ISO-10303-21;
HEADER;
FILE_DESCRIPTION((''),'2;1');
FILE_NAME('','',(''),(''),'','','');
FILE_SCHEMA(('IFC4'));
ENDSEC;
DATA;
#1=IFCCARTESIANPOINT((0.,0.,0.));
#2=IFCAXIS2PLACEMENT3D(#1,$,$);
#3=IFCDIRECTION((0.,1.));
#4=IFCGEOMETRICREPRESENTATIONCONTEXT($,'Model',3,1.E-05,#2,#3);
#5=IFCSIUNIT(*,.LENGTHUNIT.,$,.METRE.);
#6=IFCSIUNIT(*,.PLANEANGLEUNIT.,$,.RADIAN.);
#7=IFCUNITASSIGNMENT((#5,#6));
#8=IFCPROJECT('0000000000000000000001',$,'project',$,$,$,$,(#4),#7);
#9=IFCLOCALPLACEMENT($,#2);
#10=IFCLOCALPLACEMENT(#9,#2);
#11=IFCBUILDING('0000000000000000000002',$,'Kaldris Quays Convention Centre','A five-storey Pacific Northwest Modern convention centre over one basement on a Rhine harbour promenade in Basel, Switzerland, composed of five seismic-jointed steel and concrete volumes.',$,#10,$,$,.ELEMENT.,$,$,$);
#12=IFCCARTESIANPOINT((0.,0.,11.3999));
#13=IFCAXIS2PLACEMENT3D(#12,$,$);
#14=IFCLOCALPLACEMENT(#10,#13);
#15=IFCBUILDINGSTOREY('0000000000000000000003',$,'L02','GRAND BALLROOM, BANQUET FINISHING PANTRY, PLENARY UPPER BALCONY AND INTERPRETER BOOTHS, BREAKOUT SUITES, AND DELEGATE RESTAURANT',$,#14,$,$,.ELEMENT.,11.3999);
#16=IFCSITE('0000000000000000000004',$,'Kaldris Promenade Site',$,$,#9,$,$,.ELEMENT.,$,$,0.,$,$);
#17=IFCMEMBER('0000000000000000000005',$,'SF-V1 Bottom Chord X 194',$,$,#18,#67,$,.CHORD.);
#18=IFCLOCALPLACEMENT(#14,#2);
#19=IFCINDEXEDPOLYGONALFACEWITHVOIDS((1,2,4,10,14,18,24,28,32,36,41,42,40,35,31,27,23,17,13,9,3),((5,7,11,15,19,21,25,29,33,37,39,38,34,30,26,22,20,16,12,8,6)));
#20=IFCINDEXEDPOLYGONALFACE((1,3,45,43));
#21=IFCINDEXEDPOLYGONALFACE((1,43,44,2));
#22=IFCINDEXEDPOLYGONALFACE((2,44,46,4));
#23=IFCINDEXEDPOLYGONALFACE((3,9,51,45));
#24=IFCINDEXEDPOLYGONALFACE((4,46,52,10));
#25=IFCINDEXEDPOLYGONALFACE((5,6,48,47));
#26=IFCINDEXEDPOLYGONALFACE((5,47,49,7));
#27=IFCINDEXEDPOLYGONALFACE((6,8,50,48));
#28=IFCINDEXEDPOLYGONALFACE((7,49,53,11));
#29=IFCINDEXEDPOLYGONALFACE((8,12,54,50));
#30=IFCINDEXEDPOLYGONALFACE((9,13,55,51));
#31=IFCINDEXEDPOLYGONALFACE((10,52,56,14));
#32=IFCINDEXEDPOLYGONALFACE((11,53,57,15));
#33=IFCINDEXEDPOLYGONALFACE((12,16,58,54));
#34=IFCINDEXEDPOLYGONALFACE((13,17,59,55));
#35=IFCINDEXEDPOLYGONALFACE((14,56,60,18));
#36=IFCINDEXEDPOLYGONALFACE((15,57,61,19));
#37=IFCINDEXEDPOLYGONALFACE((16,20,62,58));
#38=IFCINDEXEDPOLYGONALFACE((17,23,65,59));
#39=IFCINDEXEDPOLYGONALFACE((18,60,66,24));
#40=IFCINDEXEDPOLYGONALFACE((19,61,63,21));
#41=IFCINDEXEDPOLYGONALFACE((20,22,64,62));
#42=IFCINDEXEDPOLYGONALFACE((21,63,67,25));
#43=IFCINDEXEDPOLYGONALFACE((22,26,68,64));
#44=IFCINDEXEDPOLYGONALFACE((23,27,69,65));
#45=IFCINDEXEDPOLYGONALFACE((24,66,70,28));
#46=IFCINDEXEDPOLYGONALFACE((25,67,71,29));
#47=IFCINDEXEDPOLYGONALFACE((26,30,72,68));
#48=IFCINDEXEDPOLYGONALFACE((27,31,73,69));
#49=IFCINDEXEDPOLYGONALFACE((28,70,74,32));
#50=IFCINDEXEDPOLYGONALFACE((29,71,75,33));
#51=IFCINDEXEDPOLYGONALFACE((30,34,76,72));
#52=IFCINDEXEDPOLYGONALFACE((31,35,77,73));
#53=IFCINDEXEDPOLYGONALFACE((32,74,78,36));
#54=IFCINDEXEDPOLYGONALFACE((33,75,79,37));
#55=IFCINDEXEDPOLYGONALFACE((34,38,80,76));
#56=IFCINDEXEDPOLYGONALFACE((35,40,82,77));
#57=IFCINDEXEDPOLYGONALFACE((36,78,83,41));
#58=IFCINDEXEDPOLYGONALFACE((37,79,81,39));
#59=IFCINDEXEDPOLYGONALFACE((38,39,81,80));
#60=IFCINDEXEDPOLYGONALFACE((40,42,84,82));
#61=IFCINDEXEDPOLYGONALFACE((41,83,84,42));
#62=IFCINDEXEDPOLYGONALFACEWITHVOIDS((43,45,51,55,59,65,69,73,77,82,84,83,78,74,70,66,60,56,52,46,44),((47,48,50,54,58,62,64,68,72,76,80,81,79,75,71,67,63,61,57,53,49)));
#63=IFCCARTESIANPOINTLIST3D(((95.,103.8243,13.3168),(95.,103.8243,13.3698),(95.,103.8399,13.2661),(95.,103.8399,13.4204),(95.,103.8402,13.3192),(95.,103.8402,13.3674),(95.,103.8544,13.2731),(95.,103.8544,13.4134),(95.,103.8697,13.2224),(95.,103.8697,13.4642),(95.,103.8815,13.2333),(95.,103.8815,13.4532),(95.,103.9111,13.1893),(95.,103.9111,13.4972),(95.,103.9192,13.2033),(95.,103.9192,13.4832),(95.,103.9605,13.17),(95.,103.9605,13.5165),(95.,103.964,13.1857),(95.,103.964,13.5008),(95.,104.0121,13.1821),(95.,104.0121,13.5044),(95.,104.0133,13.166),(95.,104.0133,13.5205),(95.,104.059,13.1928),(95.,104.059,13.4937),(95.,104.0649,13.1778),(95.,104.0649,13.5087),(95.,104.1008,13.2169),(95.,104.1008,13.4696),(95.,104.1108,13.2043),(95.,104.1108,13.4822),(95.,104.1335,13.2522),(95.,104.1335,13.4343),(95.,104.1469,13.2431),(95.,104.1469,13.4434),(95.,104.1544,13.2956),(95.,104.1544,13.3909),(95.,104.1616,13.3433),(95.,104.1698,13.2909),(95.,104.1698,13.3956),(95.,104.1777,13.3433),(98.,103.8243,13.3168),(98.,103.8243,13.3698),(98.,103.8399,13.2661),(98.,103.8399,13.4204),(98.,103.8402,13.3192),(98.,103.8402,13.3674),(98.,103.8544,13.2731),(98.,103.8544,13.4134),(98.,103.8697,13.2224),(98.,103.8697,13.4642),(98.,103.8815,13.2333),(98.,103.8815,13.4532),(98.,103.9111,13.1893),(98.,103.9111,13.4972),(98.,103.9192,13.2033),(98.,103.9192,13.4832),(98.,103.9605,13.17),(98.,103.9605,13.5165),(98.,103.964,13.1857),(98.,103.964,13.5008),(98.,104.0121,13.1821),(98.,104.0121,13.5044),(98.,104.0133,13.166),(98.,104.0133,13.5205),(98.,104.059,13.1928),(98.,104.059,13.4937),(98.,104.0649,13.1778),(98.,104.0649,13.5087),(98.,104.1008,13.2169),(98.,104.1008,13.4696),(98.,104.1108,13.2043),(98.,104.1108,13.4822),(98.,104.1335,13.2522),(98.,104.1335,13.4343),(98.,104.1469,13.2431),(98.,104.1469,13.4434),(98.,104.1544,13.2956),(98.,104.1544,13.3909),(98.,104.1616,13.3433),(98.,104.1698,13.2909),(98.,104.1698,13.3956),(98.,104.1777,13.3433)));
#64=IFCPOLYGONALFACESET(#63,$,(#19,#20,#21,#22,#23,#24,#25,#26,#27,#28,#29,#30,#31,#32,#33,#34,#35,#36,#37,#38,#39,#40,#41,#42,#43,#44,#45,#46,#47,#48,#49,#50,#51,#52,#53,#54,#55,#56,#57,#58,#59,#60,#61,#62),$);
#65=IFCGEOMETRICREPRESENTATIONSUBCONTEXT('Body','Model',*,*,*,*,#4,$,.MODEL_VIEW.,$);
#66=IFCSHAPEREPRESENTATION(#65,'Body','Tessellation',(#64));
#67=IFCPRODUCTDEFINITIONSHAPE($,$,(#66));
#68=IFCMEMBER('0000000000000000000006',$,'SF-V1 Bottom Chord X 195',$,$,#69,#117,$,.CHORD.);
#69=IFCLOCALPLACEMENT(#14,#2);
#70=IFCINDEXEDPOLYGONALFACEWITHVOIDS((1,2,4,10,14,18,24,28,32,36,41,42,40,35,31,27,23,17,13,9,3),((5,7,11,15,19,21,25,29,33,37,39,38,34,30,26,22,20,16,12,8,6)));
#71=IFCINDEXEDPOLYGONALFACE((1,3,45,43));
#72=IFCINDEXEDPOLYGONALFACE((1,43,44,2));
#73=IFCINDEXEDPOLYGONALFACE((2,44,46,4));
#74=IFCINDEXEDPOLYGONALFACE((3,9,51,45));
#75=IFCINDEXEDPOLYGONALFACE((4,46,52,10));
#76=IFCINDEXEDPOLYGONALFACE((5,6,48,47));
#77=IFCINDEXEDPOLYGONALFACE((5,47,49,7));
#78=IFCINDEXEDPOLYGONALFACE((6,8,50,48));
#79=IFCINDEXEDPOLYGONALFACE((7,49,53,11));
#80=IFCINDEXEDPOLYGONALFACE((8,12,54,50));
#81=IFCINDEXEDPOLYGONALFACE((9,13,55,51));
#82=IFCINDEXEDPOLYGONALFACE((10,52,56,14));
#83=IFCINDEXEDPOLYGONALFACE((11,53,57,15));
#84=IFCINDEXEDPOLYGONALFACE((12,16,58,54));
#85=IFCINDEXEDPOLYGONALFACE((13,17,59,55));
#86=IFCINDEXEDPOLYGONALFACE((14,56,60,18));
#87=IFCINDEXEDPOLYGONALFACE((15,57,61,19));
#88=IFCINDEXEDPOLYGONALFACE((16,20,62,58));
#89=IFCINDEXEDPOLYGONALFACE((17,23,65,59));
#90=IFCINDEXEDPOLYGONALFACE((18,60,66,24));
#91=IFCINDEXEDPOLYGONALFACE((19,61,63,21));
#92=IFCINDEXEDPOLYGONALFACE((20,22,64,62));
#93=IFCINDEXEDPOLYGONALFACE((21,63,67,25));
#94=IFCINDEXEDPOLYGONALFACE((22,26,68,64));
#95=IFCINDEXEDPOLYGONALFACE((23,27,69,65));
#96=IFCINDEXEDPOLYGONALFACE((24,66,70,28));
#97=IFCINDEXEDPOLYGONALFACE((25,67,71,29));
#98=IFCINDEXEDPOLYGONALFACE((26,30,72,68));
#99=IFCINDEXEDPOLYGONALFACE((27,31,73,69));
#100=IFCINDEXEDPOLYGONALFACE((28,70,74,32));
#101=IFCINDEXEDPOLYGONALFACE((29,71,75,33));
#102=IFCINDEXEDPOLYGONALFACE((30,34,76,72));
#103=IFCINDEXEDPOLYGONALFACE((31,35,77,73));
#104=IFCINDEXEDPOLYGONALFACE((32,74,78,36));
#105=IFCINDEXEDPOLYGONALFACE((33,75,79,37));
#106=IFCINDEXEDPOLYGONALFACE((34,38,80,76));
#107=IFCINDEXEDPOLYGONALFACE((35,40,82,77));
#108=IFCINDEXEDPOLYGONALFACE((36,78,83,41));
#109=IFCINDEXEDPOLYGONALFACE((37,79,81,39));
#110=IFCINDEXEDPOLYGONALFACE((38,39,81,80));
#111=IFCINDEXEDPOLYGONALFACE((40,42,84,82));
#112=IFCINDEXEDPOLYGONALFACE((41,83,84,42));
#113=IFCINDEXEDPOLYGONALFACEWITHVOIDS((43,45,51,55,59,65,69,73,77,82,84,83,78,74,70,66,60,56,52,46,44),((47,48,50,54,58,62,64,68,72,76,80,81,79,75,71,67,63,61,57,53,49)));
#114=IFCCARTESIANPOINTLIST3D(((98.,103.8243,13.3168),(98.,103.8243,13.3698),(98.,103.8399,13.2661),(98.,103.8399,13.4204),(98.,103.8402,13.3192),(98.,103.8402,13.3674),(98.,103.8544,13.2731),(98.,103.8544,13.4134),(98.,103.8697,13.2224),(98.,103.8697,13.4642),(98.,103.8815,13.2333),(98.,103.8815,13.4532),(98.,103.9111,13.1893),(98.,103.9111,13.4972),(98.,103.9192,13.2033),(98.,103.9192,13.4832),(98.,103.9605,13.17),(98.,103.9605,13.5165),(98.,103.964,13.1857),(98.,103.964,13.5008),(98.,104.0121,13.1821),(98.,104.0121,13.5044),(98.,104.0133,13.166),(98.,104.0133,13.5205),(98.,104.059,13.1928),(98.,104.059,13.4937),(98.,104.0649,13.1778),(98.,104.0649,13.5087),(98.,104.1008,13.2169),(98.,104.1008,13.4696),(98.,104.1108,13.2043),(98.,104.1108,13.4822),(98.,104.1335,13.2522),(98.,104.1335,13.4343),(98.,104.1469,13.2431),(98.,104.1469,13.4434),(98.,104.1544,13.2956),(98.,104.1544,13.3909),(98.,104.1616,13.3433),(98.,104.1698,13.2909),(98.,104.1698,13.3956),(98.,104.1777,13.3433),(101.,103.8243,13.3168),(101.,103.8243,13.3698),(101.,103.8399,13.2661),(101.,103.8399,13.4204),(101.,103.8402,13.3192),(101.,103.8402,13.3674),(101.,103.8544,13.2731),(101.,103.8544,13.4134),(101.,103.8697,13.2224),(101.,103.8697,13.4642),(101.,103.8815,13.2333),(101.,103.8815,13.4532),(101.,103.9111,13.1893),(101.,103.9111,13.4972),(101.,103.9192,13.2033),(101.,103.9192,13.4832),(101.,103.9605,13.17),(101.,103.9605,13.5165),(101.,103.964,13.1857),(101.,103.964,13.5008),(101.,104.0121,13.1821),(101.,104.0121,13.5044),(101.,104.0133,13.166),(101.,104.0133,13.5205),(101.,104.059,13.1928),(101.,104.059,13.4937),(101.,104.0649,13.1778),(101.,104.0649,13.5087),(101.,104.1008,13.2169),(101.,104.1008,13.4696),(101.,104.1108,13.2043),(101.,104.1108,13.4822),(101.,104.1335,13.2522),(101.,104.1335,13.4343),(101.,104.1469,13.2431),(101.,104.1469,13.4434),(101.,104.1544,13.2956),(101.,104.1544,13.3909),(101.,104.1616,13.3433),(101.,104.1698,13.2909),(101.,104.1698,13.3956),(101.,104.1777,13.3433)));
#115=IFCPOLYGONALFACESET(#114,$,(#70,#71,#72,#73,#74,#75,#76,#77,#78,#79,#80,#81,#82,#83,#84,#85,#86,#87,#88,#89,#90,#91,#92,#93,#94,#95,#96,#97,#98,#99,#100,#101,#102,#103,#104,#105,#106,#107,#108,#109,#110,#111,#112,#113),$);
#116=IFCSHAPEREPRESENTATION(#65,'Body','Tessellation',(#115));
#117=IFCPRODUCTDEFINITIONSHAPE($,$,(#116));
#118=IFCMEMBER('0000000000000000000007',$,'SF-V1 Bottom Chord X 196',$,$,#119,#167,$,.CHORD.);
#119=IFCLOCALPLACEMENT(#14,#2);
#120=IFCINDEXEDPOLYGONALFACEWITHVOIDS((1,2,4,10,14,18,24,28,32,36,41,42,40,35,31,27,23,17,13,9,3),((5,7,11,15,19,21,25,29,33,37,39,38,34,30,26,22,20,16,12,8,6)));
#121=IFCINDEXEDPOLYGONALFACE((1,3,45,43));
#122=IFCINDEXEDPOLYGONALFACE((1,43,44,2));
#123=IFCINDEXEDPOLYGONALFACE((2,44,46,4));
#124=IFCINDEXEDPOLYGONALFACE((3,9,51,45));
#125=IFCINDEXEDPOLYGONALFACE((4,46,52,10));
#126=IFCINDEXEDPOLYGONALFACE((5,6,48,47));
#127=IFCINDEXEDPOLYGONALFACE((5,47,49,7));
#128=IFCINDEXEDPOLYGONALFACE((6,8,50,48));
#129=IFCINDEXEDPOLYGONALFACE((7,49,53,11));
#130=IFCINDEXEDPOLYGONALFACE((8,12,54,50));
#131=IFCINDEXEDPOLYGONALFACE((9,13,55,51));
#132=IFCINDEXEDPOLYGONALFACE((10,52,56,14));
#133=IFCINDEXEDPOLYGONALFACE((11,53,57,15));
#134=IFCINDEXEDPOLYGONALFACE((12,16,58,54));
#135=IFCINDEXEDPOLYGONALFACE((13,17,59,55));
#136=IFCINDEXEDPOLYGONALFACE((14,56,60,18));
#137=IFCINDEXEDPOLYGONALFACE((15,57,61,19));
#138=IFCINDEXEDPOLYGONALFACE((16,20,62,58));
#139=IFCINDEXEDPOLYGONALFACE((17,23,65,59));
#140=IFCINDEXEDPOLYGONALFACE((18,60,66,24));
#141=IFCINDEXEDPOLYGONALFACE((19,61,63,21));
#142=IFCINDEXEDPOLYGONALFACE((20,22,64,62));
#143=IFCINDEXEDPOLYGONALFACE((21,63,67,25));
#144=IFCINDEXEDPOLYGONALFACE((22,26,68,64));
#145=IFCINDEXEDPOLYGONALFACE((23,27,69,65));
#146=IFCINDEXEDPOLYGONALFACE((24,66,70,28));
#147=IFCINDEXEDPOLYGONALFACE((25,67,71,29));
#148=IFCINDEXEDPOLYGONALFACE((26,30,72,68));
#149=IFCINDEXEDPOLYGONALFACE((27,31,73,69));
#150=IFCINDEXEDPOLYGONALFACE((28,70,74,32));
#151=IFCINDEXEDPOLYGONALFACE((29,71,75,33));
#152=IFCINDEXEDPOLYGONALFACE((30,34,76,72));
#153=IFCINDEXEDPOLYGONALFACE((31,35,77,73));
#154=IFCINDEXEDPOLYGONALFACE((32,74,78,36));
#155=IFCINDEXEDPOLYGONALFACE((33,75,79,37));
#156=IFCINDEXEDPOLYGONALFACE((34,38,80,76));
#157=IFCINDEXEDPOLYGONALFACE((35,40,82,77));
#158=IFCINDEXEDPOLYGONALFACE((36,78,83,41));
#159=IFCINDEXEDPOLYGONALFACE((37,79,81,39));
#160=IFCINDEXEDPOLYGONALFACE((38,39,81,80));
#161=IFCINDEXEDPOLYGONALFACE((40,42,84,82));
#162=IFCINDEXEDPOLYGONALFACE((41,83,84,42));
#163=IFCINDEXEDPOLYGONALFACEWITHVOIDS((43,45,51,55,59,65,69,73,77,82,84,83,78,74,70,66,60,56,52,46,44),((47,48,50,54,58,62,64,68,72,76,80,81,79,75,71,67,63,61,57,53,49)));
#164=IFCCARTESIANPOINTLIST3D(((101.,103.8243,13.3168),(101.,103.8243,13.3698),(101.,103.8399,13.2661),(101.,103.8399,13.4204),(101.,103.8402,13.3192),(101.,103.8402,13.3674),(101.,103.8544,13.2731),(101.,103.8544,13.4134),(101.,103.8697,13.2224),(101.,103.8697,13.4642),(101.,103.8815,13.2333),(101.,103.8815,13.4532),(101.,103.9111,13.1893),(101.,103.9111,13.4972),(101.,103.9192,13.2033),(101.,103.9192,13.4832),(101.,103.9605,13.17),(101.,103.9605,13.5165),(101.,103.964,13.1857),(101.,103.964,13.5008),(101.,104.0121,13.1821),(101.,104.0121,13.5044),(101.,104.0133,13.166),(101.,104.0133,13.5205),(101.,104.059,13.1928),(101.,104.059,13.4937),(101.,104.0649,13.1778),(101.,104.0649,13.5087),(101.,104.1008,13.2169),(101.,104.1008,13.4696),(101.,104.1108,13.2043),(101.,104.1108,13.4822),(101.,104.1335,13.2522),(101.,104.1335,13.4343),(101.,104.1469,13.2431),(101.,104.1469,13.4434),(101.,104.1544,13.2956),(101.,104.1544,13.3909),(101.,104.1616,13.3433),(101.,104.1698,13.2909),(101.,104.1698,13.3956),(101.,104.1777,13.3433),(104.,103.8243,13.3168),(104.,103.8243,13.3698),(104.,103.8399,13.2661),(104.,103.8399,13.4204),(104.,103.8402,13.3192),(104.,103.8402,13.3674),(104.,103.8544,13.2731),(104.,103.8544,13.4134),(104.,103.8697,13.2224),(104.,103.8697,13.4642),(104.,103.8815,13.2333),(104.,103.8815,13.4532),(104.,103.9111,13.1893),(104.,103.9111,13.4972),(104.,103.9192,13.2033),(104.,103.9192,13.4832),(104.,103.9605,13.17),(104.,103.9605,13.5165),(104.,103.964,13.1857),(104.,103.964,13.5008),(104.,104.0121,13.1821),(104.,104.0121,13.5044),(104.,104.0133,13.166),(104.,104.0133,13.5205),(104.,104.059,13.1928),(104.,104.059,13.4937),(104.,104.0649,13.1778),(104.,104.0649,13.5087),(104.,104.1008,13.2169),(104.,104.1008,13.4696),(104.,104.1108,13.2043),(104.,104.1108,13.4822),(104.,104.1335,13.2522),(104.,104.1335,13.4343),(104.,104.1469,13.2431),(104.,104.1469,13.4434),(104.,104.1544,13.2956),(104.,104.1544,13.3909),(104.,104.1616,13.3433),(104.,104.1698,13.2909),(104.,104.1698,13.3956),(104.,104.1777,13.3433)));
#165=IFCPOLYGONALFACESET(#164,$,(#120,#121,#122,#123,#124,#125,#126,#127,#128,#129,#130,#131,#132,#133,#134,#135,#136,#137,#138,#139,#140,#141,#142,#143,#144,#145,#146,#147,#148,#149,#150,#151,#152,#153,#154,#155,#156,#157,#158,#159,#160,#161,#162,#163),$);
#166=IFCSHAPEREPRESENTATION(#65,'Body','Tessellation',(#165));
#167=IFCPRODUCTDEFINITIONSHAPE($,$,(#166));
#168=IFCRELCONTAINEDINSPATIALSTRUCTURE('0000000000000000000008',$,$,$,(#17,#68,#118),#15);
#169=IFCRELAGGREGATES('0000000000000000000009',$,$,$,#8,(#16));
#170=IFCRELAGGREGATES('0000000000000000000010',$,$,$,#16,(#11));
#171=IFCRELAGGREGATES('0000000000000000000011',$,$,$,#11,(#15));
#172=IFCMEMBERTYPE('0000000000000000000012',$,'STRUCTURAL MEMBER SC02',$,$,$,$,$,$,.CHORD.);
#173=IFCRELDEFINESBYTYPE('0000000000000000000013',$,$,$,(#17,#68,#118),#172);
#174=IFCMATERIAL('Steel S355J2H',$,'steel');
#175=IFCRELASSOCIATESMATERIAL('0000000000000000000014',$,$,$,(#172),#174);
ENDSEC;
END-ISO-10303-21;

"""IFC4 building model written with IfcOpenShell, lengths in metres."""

from ifc_helpers import new_model, si_unit, direction, frame, origin, origin_2d, place, context, subcontext, project, spatial, hollow_circle, extrude, material, material_profile, profile_set, type_object, element, save


model = new_model("IFC4")

# Units and contexts
model_context = context("Model", 3, precision=1e-05, world=origin(), true_north=direction((0.0, 1.0)))
body_context = subcontext(model_context, "Body", "Model", "MODEL_VIEW")
ifc_project = project(units=[si_unit("LENGTHUNIT", "METRE"), si_unit("PLANEANGLEUNIT", "RADIAN")], contexts=[model_context])

# Site, building, storey
site_placement = place(None, origin())
site = spatial("IfcSite", under=ifc_project, at=site_placement, Name="Kaldris Promenade Site", CompositionType="ELEMENT", RefElevation=0.0)
building_placement = place(site_placement, origin())
building = spatial("IfcBuilding", under=site, at=building_placement, Name="Kaldris Quays Convention Centre", Description="A five-storey Pacific Northwest Modern convention centre over one basement on a Rhine harbour promenade in Basel, Switzerland, composed of five seismic-jointed steel and concrete volumes.", CompositionType="ELEMENT")
storey_placement = place(building_placement, frame((0.0, 0.0, 11.3999)))
storey = spatial("IfcBuildingStorey", under=building, at=storey_placement, Name="L02", Description="GRAND BALLROOM, BANQUET FINISHING PANTRY, PLENARY UPPER BALCONY AND INTERPRETER BOOTHS, BREAKOUT SUITES, AND DELEGATE RESTAURANT", CompositionType="ELEMENT", Elevation=11.3999)

# Members
ifc_material = material(Name="Steel S355J2H", Category="steel")
ifc_material_profile_1 = material_profile(ifc_material, hollow_circle(Radius=0.1777, WallThickness=0.0161, at=origin_2d()), Name="CHS 355.6x16")
ifc_profile_set_1 = profile_set([ifc_material_profile_1], Name="Steel S355J2H")
member_type_1 = type_object("IfcMemberType", Name="STRUCTURAL MEMBER SC02", PredefinedType="CHORD", material=ifc_profile_set_1)
for number, where, z_axis, x_axis, name in (
    (1, (95.0, 104.0, 13.3433), (1.0, 0.0, 0.0), (0.0, 1.0, 0.0), "SF-V1 Bottom Chord X 194"),
    (2, (98.0, 104.0, 13.3433), (1.0, 0.0, 0.0), (0.0, 1.0, 0.0), "SF-V1 Bottom Chord X 195"),
    (3, (101.0, 104.0, 13.3433), (1.0, 0.0, 0.0), (0.0, 1.0, 0.0), "SF-V1 Bottom Chord X 196"),
):
    element("IfcMember", number, at=place(storey_placement, frame(where, z_axis=z_axis, x_axis=x_axis)), inside=storey, type_object=member_type_1, Name=name, PredefinedType="CHORD", context=body_context, shape_type="SweptSolid", body=[
        extrude(hollow_circle(Radius=0.1777, WallThickness=0.0161, at=origin_2d()), origin(), (0.0, 0.0, 1.0), 3.0),
    ])

save(model, "model.ifc")
